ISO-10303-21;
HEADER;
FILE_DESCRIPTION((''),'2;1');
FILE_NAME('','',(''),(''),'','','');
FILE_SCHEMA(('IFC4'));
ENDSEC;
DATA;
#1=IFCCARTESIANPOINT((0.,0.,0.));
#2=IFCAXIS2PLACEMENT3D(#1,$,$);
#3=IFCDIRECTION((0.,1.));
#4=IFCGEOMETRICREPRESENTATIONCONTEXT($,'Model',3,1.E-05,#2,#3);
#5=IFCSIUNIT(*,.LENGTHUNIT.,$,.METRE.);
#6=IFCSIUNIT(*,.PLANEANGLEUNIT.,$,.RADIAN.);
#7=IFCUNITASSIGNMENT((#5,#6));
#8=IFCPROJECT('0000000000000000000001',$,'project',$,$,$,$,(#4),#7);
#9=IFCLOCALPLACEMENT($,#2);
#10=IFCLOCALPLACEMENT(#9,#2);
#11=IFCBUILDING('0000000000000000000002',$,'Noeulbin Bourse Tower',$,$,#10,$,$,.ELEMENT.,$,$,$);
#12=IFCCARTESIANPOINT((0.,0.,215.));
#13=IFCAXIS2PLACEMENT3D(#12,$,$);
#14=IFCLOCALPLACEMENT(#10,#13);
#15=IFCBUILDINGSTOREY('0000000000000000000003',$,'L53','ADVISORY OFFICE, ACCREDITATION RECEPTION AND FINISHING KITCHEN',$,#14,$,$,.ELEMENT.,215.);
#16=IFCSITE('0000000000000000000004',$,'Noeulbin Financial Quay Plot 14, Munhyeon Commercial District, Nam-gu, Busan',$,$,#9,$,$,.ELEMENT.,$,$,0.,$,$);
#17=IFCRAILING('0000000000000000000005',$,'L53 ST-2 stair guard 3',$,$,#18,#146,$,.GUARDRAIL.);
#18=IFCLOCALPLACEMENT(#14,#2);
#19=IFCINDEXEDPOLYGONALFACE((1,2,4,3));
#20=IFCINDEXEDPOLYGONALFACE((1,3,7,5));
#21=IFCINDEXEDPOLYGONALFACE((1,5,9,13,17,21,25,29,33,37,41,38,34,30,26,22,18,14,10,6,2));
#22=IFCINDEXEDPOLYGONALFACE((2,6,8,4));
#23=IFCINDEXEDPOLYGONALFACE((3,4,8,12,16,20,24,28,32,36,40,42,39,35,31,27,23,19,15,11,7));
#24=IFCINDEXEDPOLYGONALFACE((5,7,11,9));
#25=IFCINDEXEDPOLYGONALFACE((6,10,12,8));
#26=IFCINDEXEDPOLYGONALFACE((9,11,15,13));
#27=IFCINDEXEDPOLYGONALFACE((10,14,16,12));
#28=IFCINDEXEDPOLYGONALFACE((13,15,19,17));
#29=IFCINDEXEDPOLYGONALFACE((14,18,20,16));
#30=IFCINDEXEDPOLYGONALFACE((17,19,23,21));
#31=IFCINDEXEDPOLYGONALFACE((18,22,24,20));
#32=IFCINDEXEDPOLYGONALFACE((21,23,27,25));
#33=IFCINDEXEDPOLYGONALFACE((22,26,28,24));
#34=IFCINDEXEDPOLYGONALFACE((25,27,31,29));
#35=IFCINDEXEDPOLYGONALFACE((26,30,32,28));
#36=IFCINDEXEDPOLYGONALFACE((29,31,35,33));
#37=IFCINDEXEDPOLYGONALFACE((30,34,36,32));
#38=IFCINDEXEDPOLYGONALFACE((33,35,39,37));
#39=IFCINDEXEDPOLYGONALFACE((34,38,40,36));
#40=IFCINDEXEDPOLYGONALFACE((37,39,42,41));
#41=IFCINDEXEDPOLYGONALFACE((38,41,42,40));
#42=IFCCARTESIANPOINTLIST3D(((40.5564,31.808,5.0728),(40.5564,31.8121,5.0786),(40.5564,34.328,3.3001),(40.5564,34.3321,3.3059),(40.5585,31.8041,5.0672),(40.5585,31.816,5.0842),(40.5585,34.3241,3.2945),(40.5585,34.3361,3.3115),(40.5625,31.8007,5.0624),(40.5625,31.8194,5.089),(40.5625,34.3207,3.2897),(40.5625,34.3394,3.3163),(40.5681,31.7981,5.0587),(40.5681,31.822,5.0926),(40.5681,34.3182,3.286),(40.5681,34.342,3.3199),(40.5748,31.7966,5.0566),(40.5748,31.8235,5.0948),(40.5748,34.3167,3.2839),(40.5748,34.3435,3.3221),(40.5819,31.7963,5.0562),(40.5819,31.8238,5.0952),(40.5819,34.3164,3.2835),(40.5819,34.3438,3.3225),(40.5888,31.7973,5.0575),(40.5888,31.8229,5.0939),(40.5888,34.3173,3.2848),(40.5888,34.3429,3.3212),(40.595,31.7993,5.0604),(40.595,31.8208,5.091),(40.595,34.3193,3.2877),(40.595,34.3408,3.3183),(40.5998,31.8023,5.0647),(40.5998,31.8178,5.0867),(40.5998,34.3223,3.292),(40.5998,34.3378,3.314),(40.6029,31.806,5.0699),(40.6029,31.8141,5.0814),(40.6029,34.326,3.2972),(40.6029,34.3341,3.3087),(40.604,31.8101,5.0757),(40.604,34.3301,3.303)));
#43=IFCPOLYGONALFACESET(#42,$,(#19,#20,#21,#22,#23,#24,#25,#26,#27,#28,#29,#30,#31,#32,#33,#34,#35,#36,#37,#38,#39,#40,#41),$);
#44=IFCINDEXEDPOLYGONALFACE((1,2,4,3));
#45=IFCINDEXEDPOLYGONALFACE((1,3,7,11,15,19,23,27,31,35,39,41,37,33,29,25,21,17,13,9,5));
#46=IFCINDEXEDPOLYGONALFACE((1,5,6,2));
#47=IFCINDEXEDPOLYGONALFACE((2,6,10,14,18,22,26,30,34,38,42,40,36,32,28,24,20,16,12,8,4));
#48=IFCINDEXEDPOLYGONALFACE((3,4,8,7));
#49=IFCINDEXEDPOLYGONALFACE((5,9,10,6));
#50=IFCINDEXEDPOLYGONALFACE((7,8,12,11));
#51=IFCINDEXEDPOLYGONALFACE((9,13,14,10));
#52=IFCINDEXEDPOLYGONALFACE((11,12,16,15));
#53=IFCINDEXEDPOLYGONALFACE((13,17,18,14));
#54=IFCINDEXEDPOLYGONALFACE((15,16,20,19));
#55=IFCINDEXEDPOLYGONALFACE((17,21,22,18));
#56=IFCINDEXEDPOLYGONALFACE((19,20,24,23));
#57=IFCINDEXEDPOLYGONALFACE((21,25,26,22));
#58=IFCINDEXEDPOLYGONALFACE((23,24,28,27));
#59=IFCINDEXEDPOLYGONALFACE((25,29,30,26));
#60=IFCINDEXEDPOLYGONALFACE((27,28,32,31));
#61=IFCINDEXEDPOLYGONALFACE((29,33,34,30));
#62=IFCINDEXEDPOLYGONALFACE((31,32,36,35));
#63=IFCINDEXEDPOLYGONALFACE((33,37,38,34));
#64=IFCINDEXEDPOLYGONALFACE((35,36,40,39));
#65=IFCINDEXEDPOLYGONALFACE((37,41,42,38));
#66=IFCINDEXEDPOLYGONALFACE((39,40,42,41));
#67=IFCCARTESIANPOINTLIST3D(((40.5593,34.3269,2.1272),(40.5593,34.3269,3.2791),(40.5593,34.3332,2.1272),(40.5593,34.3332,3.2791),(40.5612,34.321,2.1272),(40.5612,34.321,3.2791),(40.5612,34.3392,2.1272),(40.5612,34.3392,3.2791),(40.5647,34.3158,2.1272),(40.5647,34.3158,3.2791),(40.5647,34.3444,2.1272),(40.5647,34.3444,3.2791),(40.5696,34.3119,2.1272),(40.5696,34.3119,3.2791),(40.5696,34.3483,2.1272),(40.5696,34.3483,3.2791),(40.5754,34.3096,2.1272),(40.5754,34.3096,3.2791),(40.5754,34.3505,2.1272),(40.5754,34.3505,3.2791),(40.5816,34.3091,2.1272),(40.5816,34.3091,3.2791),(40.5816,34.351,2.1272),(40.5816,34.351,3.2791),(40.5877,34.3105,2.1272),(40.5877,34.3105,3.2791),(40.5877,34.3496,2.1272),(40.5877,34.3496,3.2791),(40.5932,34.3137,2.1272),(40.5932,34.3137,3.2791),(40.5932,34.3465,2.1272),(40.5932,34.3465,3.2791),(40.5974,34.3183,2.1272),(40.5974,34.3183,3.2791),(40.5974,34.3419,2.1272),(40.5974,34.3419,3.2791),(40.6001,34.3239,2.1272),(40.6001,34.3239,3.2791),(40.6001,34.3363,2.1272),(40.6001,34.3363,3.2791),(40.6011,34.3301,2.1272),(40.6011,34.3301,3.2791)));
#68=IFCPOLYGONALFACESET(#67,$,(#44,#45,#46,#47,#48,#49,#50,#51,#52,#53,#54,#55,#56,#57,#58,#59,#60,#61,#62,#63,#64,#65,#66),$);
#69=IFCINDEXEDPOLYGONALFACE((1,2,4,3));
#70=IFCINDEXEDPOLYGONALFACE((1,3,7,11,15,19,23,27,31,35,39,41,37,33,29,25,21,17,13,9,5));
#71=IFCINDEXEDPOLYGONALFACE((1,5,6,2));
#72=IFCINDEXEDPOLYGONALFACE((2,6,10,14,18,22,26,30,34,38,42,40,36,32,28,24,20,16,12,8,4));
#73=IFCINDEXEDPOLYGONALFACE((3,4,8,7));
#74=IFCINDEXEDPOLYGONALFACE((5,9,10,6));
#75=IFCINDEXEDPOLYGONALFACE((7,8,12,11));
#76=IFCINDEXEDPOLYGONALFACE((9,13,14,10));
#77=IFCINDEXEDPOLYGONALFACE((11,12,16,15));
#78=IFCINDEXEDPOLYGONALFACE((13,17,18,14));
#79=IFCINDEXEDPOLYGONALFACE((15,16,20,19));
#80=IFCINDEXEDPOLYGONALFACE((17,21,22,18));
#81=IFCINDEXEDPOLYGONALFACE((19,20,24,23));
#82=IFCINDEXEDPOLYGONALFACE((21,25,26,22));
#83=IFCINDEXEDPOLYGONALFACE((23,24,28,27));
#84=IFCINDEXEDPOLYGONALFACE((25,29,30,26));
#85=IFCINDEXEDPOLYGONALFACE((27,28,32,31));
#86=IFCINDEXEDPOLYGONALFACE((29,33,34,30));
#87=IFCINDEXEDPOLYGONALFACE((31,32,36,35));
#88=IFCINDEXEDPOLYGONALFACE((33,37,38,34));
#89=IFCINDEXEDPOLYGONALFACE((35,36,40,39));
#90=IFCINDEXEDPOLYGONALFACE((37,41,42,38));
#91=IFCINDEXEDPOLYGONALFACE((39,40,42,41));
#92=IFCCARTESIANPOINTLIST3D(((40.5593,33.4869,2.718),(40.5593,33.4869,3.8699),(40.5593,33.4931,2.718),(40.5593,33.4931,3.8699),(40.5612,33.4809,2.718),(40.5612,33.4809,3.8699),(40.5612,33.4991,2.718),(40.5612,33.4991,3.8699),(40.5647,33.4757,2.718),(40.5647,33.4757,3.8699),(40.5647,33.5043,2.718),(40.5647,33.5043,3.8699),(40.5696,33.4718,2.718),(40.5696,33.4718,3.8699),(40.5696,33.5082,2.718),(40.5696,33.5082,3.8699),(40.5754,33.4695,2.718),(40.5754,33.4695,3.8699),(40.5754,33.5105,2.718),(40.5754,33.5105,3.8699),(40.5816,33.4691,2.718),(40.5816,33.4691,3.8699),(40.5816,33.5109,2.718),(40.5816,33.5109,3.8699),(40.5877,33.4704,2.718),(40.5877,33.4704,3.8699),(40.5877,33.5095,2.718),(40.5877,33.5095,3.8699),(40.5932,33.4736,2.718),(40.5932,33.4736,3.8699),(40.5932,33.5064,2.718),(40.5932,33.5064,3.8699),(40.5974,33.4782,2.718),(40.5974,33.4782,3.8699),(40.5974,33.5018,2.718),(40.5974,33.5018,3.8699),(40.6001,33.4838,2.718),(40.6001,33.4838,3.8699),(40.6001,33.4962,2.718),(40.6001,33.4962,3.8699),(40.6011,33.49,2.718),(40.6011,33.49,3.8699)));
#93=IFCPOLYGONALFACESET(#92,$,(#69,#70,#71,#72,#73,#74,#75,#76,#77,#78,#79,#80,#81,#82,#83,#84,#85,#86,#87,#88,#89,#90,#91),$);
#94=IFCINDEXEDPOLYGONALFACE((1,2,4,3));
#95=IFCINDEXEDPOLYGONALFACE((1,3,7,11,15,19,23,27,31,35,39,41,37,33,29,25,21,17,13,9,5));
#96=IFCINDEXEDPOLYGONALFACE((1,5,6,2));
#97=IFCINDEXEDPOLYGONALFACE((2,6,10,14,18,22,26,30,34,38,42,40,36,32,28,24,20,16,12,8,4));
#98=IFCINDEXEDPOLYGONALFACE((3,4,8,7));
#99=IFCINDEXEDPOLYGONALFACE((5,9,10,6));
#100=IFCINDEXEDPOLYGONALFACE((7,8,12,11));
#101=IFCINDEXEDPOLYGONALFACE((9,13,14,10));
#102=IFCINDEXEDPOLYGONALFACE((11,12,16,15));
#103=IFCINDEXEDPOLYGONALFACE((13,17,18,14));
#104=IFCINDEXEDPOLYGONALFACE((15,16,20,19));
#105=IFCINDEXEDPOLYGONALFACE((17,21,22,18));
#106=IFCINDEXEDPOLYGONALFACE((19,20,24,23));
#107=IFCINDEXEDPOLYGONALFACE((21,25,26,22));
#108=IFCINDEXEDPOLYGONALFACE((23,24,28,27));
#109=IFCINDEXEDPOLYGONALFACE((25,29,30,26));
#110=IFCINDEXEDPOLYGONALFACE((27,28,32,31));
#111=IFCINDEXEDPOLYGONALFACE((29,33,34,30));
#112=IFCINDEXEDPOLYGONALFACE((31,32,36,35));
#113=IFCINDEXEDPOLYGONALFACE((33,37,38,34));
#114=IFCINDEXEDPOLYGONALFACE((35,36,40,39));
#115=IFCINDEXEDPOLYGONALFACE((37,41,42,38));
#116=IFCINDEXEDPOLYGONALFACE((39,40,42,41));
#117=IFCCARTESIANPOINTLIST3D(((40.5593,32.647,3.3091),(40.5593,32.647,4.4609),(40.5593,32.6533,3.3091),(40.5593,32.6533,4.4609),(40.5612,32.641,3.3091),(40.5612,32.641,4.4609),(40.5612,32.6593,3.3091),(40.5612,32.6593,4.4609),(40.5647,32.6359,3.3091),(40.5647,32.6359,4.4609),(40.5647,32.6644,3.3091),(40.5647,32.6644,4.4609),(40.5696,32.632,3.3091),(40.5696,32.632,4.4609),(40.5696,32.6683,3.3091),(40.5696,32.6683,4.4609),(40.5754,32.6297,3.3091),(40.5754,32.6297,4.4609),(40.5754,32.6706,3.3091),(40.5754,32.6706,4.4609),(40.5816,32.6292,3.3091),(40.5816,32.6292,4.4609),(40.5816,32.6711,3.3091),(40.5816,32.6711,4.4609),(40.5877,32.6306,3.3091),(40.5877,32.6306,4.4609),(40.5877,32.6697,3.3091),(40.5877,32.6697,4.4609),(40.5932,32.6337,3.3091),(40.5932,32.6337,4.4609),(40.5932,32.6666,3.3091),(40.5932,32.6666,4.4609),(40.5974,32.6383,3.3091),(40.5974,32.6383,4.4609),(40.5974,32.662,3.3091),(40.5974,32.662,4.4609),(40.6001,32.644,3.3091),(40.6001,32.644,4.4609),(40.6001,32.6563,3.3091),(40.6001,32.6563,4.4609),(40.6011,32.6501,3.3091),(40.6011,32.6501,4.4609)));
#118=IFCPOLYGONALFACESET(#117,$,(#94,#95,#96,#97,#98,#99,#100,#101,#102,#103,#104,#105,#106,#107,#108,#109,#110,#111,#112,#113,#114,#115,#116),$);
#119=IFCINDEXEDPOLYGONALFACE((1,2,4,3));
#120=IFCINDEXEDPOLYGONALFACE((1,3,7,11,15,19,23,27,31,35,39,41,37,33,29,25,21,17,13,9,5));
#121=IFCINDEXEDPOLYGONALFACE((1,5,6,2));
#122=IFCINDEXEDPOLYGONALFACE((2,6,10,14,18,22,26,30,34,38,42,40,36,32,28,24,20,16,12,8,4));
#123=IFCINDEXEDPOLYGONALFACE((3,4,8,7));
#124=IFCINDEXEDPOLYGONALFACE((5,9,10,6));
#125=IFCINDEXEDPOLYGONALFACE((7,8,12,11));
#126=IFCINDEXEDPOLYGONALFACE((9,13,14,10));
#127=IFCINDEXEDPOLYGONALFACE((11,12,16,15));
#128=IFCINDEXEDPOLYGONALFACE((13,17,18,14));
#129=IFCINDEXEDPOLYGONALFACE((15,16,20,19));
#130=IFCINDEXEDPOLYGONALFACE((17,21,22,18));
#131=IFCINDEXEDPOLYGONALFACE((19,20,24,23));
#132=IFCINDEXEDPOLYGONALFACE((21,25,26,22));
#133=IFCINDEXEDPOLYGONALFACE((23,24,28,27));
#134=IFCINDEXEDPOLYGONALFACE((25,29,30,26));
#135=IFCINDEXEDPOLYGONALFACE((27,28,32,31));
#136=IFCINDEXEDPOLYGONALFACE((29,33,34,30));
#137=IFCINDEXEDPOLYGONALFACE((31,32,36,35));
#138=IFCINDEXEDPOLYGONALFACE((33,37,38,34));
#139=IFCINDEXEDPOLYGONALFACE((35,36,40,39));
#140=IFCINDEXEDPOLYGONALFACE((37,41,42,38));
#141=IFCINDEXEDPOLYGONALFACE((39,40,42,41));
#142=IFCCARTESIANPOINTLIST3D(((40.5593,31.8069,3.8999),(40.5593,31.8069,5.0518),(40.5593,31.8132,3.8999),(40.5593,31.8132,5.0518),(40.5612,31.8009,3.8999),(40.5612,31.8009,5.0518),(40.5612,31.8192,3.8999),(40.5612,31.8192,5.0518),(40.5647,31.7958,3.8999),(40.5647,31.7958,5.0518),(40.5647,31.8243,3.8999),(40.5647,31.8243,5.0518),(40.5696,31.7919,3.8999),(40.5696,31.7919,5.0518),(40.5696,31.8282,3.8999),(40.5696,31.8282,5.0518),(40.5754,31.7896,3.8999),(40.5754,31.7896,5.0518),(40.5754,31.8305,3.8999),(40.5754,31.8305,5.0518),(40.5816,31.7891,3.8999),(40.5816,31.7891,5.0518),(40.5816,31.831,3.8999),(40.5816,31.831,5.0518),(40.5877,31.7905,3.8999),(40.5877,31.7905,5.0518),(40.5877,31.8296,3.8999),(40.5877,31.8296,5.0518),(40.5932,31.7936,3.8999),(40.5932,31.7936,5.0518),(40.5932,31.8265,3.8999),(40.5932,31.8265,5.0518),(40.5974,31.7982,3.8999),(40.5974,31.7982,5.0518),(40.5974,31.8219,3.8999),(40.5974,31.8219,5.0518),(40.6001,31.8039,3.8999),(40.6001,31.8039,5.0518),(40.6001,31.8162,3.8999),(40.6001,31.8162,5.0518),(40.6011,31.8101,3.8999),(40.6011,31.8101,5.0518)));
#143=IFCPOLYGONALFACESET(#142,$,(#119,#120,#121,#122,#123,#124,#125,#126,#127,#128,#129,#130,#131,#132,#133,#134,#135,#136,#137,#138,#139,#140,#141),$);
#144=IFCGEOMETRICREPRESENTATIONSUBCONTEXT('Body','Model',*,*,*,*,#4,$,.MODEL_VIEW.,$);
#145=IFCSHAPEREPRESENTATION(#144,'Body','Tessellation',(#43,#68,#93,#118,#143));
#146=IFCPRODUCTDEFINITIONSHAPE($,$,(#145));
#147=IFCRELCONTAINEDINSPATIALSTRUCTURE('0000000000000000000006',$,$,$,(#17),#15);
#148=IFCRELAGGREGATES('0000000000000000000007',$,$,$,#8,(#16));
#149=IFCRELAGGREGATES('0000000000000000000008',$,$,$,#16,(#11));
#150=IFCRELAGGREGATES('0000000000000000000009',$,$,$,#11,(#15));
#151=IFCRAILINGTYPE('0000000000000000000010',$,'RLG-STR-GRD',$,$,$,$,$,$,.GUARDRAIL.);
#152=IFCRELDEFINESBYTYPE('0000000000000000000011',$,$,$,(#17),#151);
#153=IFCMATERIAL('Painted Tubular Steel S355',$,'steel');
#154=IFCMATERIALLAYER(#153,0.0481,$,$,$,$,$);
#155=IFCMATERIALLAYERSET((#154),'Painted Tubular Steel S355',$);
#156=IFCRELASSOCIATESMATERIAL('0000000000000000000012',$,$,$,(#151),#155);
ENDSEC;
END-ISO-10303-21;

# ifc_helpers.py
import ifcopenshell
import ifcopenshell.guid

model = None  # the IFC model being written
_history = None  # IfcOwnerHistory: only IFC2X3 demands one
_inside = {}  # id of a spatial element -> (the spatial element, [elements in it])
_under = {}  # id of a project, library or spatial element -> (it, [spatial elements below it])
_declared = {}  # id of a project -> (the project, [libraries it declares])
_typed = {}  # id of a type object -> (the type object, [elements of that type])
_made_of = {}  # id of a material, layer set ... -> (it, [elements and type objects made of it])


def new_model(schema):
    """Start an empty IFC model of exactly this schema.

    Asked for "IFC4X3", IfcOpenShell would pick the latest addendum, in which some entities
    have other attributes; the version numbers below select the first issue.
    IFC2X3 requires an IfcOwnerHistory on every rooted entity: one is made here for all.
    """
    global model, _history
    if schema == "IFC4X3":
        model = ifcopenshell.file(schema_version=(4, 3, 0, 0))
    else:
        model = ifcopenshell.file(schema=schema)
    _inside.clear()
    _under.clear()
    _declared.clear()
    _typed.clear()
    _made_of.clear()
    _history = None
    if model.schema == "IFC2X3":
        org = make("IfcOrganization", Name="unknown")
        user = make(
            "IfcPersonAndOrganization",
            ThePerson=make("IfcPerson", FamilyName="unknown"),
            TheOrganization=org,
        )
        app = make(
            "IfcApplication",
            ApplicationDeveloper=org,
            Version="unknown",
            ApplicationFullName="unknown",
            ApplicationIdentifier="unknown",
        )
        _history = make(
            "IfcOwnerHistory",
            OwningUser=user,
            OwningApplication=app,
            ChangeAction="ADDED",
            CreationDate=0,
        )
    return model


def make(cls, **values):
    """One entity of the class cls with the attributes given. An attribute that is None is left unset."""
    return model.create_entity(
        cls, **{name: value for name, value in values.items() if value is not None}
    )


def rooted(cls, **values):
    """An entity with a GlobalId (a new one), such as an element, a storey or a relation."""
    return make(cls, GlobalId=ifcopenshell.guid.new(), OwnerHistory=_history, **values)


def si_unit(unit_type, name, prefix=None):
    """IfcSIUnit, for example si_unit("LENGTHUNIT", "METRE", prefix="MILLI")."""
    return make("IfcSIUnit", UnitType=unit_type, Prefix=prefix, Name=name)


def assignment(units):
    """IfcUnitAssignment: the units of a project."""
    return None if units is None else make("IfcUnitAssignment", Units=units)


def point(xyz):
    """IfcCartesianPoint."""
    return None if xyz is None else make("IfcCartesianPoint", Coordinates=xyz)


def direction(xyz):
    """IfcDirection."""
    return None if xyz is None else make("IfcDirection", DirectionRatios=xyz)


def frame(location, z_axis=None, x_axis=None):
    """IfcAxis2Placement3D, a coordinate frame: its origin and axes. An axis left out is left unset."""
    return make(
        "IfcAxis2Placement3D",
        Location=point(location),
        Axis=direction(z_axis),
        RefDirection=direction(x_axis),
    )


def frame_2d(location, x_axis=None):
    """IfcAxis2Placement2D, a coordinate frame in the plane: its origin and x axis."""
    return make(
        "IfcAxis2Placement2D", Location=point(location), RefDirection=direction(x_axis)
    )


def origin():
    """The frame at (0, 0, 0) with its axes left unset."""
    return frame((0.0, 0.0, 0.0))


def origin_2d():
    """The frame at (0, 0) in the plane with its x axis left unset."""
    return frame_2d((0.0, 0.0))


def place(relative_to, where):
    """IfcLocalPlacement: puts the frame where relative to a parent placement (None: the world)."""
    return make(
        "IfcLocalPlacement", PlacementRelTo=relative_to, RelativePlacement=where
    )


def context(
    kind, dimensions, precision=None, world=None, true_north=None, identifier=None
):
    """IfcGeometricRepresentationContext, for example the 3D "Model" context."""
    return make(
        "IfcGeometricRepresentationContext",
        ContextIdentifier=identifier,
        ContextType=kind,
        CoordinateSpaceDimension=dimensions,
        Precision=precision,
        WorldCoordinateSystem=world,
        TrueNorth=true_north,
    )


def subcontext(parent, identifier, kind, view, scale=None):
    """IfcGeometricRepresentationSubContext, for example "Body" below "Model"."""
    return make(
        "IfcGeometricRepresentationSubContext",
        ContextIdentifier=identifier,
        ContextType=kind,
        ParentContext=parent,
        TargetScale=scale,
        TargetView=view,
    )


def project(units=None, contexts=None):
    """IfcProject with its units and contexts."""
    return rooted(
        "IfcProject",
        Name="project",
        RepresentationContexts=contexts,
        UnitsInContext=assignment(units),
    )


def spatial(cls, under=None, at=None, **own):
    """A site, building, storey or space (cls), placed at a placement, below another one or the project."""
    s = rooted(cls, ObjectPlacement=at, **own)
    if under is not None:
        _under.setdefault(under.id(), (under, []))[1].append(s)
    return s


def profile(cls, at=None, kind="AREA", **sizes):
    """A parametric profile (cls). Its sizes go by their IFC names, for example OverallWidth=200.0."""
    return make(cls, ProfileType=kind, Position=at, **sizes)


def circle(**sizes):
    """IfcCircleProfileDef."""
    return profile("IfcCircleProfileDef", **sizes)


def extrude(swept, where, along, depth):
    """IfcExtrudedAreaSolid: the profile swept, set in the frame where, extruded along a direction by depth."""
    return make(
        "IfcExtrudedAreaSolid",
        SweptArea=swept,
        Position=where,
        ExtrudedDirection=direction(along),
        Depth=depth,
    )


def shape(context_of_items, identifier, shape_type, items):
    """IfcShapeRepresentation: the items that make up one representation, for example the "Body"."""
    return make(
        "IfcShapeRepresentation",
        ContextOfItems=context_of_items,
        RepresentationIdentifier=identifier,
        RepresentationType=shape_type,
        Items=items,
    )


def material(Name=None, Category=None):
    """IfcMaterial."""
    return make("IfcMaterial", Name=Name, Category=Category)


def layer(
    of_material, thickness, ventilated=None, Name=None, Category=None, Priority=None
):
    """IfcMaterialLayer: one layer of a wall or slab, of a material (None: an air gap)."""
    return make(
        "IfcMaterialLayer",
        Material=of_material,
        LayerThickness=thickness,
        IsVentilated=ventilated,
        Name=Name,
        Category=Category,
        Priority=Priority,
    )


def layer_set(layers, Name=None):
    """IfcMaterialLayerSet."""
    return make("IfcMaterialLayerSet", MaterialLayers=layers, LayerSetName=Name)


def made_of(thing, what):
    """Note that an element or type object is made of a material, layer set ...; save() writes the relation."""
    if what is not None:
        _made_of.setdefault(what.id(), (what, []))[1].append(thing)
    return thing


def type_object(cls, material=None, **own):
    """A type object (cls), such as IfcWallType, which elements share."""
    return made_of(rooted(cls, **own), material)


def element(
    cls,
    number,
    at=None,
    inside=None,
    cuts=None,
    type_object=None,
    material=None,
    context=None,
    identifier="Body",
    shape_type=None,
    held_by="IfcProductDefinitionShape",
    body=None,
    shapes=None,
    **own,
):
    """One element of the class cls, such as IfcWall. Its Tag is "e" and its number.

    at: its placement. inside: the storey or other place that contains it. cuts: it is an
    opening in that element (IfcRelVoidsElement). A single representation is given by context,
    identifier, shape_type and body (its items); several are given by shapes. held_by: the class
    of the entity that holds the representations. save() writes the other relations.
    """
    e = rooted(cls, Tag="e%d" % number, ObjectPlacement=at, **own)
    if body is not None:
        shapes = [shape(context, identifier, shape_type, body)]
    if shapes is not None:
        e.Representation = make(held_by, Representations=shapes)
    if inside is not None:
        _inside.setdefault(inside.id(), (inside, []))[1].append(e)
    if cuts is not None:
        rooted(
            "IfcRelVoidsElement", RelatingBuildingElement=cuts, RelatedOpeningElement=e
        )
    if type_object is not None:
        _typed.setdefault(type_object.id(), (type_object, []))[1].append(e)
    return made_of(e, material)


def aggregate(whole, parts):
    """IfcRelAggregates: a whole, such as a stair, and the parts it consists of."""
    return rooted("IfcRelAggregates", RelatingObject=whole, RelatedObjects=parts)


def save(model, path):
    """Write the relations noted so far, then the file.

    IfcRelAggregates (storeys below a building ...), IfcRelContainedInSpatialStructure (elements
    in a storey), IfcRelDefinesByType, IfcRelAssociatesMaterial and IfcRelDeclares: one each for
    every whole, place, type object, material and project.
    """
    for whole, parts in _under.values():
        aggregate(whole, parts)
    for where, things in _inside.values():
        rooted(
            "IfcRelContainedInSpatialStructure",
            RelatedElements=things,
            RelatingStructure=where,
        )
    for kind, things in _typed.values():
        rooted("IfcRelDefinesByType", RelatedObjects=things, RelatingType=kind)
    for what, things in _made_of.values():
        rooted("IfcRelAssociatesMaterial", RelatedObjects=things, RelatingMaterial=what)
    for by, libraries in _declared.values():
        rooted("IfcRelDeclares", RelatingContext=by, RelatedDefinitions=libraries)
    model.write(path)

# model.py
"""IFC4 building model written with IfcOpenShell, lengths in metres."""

from ifc_helpers import new_model, si_unit, direction, frame, origin, origin_2d, place, context, subcontext, project, spatial, circle, extrude, material, layer, layer_set, type_object, element, save


model = new_model("IFC4")

# Units and contexts
model_context = context("Model", 3, precision=1e-05, world=origin(), true_north=direction((0.0, 1.0)))
body_context = subcontext(model_context, "Body", "Model", "MODEL_VIEW")
ifc_project = project(units=[si_unit("LENGTHUNIT", "METRE"), si_unit("PLANEANGLEUNIT", "RADIAN")], contexts=[model_context])

# Site, building, storey
site_placement = place(None, origin())
site = spatial("IfcSite", under=ifc_project, at=site_placement, Name="Noeulbin Financial Quay Plot 14, Munhyeon Commercial District, Nam-gu, Busan", CompositionType="ELEMENT", RefElevation=0.0)
building_placement = place(site_placement, origin())
building = spatial("IfcBuilding", under=site, at=building_placement, Name="Noeulbin Bourse Tower", CompositionType="ELEMENT")
storey_placement = place(building_placement, frame((0.0, 0.0, 215.0)))
storey = spatial("IfcBuildingStorey", under=building, at=storey_placement, Name="L53", Description="ADVISORY OFFICE, ACCREDITATION RECEPTION AND FINISHING KITCHEN", CompositionType="ELEMENT", Elevation=215.0)

# Railing
ifc_material_1 = material(Name="Painted Tubular Steel S355", Category="steel")
ifc_layer_1 = layer(ifc_material_1, 0.0481)
ifc_layer_set_1 = layer_set([ifc_layer_1], Name="Painted Tubular Steel S355")
railing_type_1 = type_object("IfcRailingType", Name="RLG-STR-GRD", PredefinedType="GUARDRAIL", material=ifc_layer_set_1)
railing_1_placement = place(storey_placement, frame((40.5801, 34.3301, 2.1272)))
element("IfcRailing", 1, at=railing_1_placement, inside=storey, type_object=railing_type_1, Name="L53 ST-2 stair guard 3", PredefinedType="GUARDRAIL", context=body_context, shape_type="SweptSolid", body=[
    extrude(circle(Radius=0.0239, at=origin_2d()), frame((0.0, 0.0, 1.1758), z_axis=(0.0, -0.817904, 0.575354), x_axis=(1.0, 0.0, 0.0)), (0.0, 0.0, 1.0), 3.0811),
    extrude(circle(Radius=0.021, at=origin_2d()), origin(), (0.0, 0.0, 1.0), 1.1519),
    extrude(circle(Radius=0.021, at=origin_2d()), frame((0.0, -0.8401, 0.5908)), (0.0, 0.0, 1.0), 1.1519),
    extrude(circle(Radius=0.021, at=origin_2d()), frame((0.0, -1.6799, 1.1819)), (0.0, 0.0, 1.0), 1.1519),
    extrude(circle(Radius=0.021, at=origin_2d()), frame((0.0, -2.52, 1.7727)), (0.0, 0.0, 1.0), 1.1519),
])

save(model, "model.ifc")
